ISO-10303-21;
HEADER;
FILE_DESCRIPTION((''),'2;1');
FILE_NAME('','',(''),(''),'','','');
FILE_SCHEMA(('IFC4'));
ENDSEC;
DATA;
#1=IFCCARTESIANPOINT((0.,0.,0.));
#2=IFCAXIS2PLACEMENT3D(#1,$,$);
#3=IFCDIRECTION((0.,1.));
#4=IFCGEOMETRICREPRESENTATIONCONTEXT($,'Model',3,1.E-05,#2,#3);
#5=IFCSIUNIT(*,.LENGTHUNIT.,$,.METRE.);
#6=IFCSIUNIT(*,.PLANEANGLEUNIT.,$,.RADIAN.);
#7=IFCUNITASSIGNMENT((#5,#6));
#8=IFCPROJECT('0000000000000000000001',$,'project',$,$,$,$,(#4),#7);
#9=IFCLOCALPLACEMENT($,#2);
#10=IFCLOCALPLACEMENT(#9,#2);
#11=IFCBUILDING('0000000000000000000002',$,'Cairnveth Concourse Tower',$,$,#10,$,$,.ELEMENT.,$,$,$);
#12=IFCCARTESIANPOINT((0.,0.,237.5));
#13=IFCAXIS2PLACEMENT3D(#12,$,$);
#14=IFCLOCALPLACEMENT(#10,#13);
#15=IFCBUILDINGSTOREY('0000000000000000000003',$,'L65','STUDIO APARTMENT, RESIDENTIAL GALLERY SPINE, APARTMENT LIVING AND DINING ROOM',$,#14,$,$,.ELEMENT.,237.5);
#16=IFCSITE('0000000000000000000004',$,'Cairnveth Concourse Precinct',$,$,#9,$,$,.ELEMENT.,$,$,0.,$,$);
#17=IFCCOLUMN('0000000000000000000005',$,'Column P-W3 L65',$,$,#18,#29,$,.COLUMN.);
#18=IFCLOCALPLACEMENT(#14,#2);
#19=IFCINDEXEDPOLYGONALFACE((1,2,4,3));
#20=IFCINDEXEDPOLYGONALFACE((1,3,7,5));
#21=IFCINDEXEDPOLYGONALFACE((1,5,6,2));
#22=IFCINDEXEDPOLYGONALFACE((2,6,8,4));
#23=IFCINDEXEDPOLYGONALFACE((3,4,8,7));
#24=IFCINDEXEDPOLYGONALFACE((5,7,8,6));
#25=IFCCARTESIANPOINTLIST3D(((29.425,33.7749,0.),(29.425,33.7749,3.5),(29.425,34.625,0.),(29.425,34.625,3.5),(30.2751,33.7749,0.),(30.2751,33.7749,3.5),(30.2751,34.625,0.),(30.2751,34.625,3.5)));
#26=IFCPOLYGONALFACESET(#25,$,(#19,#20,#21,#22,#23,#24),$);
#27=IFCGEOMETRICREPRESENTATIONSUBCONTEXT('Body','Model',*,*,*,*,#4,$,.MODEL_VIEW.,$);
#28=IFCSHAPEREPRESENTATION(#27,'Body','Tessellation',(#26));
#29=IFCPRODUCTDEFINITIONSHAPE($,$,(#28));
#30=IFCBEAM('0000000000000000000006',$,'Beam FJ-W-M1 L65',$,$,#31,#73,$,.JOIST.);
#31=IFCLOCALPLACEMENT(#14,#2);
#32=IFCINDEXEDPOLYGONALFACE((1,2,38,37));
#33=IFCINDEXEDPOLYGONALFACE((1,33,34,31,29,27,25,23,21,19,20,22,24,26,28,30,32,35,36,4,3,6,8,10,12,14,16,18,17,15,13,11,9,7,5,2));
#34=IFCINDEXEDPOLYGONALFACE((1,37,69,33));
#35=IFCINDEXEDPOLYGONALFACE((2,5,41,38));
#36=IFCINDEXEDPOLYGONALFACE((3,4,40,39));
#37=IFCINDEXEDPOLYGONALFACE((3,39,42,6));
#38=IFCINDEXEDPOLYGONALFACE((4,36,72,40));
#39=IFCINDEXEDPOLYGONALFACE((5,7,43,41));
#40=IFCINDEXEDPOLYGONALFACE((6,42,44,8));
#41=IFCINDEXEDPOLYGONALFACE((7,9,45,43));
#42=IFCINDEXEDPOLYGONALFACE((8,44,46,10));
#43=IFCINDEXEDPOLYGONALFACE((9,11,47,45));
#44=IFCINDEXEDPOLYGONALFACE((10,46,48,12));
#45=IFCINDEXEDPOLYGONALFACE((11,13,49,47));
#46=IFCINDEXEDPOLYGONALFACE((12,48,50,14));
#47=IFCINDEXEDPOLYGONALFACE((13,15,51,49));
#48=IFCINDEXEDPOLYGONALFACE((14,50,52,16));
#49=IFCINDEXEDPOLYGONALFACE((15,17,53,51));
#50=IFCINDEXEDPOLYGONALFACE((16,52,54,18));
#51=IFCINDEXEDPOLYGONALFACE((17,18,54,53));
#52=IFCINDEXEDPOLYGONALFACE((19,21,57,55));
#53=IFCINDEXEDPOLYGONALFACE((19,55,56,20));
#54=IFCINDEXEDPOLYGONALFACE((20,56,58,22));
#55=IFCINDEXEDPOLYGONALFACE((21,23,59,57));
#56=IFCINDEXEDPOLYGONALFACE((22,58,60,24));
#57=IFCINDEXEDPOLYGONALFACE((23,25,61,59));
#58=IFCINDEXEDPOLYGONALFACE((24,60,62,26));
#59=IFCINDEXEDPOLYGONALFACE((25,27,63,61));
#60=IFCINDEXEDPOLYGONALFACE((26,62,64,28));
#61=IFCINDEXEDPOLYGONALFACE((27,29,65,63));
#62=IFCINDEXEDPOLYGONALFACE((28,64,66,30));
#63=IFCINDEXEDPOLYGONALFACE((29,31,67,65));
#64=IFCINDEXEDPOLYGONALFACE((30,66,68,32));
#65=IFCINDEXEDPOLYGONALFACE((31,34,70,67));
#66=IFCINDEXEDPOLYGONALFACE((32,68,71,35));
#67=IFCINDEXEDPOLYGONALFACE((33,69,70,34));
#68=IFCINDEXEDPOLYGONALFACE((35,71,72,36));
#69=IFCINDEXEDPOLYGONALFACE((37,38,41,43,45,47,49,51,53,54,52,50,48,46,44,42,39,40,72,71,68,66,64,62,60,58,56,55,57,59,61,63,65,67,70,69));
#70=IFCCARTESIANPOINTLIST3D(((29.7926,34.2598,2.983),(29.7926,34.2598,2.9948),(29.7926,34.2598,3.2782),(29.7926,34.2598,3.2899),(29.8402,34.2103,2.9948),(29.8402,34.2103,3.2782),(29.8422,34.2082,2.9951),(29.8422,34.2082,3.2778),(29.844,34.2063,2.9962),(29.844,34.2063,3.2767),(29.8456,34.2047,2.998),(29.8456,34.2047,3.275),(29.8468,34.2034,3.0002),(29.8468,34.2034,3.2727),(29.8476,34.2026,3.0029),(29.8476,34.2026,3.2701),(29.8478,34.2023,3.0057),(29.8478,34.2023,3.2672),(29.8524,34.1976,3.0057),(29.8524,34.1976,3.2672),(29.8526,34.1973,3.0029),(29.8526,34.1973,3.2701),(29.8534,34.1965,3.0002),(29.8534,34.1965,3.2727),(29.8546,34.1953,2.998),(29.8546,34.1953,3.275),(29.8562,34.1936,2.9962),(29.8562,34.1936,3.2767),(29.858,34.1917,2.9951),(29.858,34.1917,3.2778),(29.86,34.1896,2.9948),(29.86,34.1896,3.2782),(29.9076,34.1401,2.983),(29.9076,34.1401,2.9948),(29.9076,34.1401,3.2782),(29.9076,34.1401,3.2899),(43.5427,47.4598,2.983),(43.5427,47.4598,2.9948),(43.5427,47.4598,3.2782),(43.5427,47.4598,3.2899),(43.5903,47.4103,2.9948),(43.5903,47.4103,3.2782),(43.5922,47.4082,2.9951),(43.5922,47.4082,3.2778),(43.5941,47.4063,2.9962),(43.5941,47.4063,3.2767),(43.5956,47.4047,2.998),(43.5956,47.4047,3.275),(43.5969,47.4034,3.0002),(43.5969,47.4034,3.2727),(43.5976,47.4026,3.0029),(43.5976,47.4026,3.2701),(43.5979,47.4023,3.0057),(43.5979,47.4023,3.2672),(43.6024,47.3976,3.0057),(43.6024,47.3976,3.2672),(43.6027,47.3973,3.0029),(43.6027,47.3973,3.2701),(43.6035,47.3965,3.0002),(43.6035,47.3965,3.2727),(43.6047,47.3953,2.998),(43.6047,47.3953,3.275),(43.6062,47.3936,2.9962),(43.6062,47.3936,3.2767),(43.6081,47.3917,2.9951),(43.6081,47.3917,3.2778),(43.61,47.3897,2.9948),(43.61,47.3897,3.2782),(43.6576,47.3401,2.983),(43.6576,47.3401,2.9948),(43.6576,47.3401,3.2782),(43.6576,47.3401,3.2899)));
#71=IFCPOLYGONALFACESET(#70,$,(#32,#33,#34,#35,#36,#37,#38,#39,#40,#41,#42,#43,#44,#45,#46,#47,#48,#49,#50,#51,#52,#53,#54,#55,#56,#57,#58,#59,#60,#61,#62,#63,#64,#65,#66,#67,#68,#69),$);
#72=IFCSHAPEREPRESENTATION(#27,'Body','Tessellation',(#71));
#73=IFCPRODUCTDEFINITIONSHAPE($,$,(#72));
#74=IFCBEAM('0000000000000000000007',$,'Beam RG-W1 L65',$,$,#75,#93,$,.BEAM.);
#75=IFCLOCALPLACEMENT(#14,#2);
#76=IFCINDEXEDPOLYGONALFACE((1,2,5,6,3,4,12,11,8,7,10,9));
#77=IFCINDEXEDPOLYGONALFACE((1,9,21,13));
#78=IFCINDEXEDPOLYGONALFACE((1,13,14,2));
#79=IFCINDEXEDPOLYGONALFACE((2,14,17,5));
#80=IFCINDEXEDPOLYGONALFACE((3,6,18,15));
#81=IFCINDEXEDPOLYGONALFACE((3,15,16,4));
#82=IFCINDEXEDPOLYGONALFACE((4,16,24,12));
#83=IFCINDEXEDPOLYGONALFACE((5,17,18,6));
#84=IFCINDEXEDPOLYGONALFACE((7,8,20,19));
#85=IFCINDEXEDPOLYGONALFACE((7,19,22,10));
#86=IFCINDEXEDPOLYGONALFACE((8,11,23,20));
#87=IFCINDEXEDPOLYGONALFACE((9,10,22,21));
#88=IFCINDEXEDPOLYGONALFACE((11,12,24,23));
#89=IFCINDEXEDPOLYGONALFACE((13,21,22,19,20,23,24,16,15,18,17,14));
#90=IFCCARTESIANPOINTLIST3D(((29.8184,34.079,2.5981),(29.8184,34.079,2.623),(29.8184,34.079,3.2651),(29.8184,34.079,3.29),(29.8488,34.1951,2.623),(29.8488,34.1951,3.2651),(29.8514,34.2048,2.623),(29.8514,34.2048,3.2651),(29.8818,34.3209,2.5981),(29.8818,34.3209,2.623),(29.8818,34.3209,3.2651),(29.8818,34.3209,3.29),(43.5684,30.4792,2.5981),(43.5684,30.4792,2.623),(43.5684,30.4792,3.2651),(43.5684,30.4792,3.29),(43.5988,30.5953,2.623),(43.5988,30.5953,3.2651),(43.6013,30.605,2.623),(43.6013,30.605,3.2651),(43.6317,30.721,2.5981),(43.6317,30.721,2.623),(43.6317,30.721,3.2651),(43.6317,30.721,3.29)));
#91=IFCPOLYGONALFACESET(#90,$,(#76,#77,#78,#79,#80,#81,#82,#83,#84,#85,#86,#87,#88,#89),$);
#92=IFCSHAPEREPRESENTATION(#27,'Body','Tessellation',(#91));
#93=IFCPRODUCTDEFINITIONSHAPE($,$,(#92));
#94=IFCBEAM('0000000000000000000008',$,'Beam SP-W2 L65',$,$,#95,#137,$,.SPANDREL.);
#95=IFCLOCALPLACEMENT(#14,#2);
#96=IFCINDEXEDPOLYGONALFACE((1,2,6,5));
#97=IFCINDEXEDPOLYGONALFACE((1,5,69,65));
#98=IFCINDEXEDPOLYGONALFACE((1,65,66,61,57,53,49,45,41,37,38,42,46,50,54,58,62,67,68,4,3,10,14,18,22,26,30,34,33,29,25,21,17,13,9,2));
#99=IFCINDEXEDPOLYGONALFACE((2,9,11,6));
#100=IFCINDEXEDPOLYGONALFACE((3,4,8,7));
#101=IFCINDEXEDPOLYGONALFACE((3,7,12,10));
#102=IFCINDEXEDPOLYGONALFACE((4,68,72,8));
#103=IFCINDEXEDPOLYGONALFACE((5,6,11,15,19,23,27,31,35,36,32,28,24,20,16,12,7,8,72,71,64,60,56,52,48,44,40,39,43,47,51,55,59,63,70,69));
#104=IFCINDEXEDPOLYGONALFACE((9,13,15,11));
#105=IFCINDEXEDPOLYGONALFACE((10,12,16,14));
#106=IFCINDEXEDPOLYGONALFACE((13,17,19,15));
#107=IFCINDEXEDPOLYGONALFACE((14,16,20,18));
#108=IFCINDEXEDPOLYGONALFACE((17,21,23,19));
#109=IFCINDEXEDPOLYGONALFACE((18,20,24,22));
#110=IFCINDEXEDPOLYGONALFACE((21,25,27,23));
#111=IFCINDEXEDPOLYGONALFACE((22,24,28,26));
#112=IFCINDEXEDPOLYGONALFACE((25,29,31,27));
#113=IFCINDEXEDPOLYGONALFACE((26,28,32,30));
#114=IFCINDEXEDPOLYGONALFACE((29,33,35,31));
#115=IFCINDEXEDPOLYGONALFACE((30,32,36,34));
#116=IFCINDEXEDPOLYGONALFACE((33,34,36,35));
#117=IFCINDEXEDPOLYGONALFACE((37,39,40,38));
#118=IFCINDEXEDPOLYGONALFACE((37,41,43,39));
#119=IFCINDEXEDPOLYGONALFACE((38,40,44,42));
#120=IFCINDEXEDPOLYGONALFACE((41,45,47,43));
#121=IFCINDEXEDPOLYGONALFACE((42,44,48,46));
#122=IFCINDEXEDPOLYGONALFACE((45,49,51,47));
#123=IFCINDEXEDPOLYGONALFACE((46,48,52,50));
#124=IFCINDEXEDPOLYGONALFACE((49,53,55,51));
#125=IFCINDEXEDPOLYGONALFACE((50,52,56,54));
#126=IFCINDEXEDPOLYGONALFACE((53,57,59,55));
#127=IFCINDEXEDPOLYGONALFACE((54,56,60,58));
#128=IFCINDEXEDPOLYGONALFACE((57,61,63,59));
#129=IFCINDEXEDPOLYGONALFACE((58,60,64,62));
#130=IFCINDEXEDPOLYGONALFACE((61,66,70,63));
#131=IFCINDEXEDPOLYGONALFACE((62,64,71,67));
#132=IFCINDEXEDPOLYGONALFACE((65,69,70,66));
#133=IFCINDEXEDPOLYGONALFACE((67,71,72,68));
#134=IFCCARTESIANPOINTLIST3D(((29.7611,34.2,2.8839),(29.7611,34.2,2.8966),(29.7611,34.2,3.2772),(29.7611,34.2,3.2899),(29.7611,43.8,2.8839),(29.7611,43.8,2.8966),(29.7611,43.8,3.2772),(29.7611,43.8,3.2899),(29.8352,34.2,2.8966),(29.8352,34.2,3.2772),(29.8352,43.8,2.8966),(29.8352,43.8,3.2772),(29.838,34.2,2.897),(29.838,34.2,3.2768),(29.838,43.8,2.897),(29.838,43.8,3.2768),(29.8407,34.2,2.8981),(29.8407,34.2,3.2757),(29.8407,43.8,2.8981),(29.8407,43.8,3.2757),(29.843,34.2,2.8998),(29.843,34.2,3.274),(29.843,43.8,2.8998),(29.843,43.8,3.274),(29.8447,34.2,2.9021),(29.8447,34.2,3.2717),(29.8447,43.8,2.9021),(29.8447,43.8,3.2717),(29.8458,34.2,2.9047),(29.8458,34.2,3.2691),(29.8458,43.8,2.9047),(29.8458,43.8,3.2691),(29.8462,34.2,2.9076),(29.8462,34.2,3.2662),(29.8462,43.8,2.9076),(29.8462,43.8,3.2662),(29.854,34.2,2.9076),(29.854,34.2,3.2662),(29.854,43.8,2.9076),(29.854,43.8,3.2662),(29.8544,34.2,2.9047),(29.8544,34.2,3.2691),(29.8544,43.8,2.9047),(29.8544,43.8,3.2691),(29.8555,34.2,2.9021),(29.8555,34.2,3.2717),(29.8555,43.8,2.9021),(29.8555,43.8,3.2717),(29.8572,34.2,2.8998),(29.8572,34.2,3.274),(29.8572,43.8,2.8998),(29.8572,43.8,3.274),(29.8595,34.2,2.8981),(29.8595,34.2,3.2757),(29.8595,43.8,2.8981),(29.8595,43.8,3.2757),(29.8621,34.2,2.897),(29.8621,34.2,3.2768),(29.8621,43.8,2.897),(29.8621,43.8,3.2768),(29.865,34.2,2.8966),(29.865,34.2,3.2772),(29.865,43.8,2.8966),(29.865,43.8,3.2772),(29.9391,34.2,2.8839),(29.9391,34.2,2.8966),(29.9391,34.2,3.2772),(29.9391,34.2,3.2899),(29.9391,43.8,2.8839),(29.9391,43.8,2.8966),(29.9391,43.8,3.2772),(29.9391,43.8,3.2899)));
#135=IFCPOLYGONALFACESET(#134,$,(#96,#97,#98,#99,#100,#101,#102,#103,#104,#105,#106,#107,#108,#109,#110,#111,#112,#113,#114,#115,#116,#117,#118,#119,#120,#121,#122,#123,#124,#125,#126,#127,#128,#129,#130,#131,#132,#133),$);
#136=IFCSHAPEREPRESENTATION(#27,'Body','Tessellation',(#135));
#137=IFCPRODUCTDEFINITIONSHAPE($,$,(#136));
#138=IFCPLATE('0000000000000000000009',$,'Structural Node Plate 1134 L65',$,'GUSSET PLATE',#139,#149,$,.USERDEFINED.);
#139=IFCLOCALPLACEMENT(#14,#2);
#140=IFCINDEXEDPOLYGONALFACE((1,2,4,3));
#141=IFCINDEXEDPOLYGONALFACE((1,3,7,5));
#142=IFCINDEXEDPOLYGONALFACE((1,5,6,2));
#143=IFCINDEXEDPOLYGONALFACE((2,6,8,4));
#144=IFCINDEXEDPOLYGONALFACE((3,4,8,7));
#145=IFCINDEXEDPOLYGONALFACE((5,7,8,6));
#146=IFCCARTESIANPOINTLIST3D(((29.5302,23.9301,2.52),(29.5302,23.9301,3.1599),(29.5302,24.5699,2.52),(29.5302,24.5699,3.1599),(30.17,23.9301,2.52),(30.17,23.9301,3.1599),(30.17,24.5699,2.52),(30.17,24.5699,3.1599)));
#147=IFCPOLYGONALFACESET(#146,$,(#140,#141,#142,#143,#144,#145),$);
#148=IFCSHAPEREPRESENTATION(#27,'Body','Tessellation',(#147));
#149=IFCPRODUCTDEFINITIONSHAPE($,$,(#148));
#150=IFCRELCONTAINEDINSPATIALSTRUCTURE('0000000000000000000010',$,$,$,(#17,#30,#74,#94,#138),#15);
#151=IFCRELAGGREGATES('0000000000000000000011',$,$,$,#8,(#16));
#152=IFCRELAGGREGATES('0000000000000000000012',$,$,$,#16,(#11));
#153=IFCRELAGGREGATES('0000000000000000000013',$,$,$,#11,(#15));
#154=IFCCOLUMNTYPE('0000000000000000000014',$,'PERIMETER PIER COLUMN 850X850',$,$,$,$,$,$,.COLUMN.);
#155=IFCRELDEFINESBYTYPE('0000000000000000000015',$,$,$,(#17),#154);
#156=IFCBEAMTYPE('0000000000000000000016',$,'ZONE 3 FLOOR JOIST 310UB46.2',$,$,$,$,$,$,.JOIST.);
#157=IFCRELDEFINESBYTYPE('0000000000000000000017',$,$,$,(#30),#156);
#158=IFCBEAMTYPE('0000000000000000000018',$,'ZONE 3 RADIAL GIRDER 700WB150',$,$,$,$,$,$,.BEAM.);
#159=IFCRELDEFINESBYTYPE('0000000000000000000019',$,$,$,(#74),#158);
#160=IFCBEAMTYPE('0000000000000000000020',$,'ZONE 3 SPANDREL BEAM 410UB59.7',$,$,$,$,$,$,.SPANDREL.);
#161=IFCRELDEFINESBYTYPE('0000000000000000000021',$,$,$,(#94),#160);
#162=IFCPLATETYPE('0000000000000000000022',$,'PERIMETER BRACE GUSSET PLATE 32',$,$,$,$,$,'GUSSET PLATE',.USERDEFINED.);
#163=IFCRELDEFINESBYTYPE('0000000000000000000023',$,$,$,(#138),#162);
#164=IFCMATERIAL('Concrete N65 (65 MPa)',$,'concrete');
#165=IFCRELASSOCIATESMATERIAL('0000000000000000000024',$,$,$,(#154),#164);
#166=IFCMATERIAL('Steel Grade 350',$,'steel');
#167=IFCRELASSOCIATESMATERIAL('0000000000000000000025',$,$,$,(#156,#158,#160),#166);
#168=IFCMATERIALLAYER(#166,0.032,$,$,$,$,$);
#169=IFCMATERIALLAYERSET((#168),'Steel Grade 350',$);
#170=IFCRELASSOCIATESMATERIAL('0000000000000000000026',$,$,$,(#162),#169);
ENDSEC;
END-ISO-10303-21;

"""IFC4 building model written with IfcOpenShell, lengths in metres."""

from ifc_helpers import new_model, si_unit, direction, frame, origin, origin_2d, place, context, subcontext, project, spatial, rectangle, i_section, extrude, material, layer, layer_set, material_profile, profile_set, type_object, element, save


model = new_model("IFC4")

# Units and contexts
model_context = context("Model", 3, precision=1e-05, world=origin(), true_north=direction((0.0, 1.0)))
body_context = subcontext(model_context, "Body", "Model", "MODEL_VIEW")
ifc_project = project(units=[si_unit("LENGTHUNIT", "METRE"), si_unit("PLANEANGLEUNIT", "RADIAN")], contexts=[model_context])

# Site, building, storey
site_placement = place(None, origin())
site = spatial("IfcSite", under=ifc_project, at=site_placement, Name="Cairnveth Concourse Precinct", CompositionType="ELEMENT", RefElevation=0.0)
building_placement = place(site_placement, origin())
building = spatial("IfcBuilding", under=site, at=building_placement, Name="Cairnveth Concourse Tower", CompositionType="ELEMENT")
storey_placement = place(building_placement, frame((0.0, 0.0, 237.5)))
storey = spatial("IfcBuildingStorey", under=building, at=storey_placement, Name="L65", Description="STUDIO APARTMENT, RESIDENTIAL GALLERY SPINE, APARTMENT LIVING AND DINING ROOM", CompositionType="ELEMENT", Elevation=237.5)

# Column
ifc_material_1 = material(Name="Concrete N65 (65 MPa)", Category="concrete")
ifc_material_profile_1 = material_profile(ifc_material_1, rectangle(XDim=0.8501, YDim=0.8501, at=origin_2d()), Name="RC-COL-850x850")
ifc_profile_set_1 = profile_set([ifc_material_profile_1], Name="Concrete N65 (65 MPa)")
column_type = type_object("IfcColumnType", Name="PERIMETER PIER COLUMN 850X850", PredefinedType="COLUMN", material=ifc_profile_set_1)
column_placement = place(storey_placement, frame((29.8501, 34.2, 0.0), z_axis=(0.0, 0.0, 1.0), x_axis=(0.0, 1.0, 0.0)))
element("IfcColumn", 1, at=column_placement, inside=storey, type_object=column_type, Name="Column P-W3 L65", PredefinedType="COLUMN", context=body_context, shape_type="SweptSolid", body=[
    extrude(rectangle(XDim=0.8501, YDim=0.8501, at=origin_2d()), origin(), (0.0, 0.0, 1.0), 3.5),
])

# Beams
ifc_material_2 = material(Name="Steel Grade 350", Category="steel")
ifc_material_profile_2 = material_profile(ifc_material_2, i_section(OverallWidth=0.166, OverallDepth=0.3069, WebThickness=0.0066, FlangeThickness=0.0117, FilletRadius=0.011, at=origin_2d()), Name="310UB46.2")
ifc_profile_set_2 = profile_set([ifc_material_profile_2], Name="Steel Grade 350")
beam_type_1 = type_object("IfcBeamType", Name="ZONE 3 FLOOR JOIST 310UB46.2", PredefinedType="JOIST", material=ifc_profile_set_2)
beam_1_placement = place(storey_placement, frame((29.8501, 34.2, 3.1365), z_axis=(0.721389, 0.69253, 0.0), x_axis=(-0.69253, 0.721389, 0.0)))
element("IfcBeam", 2, at=beam_1_placement, inside=storey, type_object=beam_type_1, Name="Beam FJ-W-M1 L65", PredefinedType="JOIST", context=body_context, shape_type="SweptSolid", body=[
    extrude(i_section(OverallWidth=0.166, OverallDepth=0.3069, WebThickness=0.0066, FlangeThickness=0.0117, FilletRadius=0.011, at=origin_2d()), origin(), (0.0, 0.0, 1.0), 19.0605),
])
ifc_material_profile_3 = material_profile(ifc_material_2, i_section(OverallWidth=0.25, OverallDepth=0.6919, WebThickness=0.01, FlangeThickness=0.0249, at=origin_2d()), Name="700WB150")
ifc_profile_set_3 = profile_set([ifc_material_profile_3], Name="Steel Grade 350")
beam_type_2 = type_object("IfcBeamType", Name="ZONE 3 RADIAL GIRDER 700WB150", PredefinedType="BEAM", material=ifc_profile_set_3)
beam_2_placement = place(storey_placement, frame((29.8501, 34.2, 2.9441), z_axis=(0.967395, -0.253271, 0.0), x_axis=(0.253271, 0.967395, 0.0)))
element("IfcBeam", 3, at=beam_2_placement, inside=storey, type_object=beam_type_2, Name="Beam RG-W1 L65", PredefinedType="BEAM", context=body_context, shape_type="SweptSolid", body=[
    extrude(i_section(OverallWidth=0.25, OverallDepth=0.6919, WebThickness=0.01, FlangeThickness=0.0249, at=origin_2d()), origin(), (0.0, 0.0, 1.0), 14.2134),
])
ifc_material_profile_4 = material_profile(ifc_material_2, i_section(OverallWidth=0.178, OverallDepth=0.406, WebThickness=0.0078, FlangeThickness=0.0127, FilletRadius=0.011, at=origin_2d()), Name="410UB59.7")
ifc_profile_set_4 = profile_set([ifc_material_profile_4], Name="Steel Grade 350")
beam_type_3 = type_object("IfcBeamType", Name="ZONE 3 SPANDREL BEAM 410UB59.7", PredefinedType="SPANDREL", material=ifc_profile_set_4)
beam_3_placement = place(storey_placement, frame((29.8501, 34.2, 3.0869), z_axis=(0.0, 1.0, 0.0), x_axis=(-1.0, 0.0, 0.0)))
element("IfcBeam", 4, at=beam_3_placement, inside=storey, type_object=beam_type_3, Name="Beam SP-W2 L65", PredefinedType="SPANDREL", context=body_context, shape_type="SweptSolid", body=[
    extrude(i_section(OverallWidth=0.178, OverallDepth=0.406, WebThickness=0.0078, FlangeThickness=0.0127, FilletRadius=0.011, at=origin_2d()), origin(), (0.0, 0.0, 1.0), 9.6001),
])

# Plate
ifc_layer_1 = layer(ifc_material_2, 0.032)
ifc_layer_set_1 = layer_set([ifc_layer_1], Name="Steel Grade 350")
plate_type = type_object("IfcPlateType", Name="PERIMETER BRACE GUSSET PLATE 32", ElementType="GUSSET PLATE", PredefinedType="USERDEFINED", material=ifc_layer_set_1)
plate_placement = place(storey_placement, frame((29.8501, 24.25, 2.52), z_axis=(0.0, 0.0, 1.0), x_axis=(1.0, 0.0, 0.0)))
element("IfcPlate", 5, at=plate_placement, inside=storey, type_object=plate_type, Name="Structural Node Plate 1134 L65", ObjectType="GUSSET PLATE", PredefinedType="USERDEFINED", context=body_context, shape_type="SweptSolid", body=[
    extrude(rectangle(XDim=0.6399, YDim=0.6399, at=origin_2d()), origin(), (0.0, 0.0, 1.0), 0.6399),
])

save(model, "model.ifc")
